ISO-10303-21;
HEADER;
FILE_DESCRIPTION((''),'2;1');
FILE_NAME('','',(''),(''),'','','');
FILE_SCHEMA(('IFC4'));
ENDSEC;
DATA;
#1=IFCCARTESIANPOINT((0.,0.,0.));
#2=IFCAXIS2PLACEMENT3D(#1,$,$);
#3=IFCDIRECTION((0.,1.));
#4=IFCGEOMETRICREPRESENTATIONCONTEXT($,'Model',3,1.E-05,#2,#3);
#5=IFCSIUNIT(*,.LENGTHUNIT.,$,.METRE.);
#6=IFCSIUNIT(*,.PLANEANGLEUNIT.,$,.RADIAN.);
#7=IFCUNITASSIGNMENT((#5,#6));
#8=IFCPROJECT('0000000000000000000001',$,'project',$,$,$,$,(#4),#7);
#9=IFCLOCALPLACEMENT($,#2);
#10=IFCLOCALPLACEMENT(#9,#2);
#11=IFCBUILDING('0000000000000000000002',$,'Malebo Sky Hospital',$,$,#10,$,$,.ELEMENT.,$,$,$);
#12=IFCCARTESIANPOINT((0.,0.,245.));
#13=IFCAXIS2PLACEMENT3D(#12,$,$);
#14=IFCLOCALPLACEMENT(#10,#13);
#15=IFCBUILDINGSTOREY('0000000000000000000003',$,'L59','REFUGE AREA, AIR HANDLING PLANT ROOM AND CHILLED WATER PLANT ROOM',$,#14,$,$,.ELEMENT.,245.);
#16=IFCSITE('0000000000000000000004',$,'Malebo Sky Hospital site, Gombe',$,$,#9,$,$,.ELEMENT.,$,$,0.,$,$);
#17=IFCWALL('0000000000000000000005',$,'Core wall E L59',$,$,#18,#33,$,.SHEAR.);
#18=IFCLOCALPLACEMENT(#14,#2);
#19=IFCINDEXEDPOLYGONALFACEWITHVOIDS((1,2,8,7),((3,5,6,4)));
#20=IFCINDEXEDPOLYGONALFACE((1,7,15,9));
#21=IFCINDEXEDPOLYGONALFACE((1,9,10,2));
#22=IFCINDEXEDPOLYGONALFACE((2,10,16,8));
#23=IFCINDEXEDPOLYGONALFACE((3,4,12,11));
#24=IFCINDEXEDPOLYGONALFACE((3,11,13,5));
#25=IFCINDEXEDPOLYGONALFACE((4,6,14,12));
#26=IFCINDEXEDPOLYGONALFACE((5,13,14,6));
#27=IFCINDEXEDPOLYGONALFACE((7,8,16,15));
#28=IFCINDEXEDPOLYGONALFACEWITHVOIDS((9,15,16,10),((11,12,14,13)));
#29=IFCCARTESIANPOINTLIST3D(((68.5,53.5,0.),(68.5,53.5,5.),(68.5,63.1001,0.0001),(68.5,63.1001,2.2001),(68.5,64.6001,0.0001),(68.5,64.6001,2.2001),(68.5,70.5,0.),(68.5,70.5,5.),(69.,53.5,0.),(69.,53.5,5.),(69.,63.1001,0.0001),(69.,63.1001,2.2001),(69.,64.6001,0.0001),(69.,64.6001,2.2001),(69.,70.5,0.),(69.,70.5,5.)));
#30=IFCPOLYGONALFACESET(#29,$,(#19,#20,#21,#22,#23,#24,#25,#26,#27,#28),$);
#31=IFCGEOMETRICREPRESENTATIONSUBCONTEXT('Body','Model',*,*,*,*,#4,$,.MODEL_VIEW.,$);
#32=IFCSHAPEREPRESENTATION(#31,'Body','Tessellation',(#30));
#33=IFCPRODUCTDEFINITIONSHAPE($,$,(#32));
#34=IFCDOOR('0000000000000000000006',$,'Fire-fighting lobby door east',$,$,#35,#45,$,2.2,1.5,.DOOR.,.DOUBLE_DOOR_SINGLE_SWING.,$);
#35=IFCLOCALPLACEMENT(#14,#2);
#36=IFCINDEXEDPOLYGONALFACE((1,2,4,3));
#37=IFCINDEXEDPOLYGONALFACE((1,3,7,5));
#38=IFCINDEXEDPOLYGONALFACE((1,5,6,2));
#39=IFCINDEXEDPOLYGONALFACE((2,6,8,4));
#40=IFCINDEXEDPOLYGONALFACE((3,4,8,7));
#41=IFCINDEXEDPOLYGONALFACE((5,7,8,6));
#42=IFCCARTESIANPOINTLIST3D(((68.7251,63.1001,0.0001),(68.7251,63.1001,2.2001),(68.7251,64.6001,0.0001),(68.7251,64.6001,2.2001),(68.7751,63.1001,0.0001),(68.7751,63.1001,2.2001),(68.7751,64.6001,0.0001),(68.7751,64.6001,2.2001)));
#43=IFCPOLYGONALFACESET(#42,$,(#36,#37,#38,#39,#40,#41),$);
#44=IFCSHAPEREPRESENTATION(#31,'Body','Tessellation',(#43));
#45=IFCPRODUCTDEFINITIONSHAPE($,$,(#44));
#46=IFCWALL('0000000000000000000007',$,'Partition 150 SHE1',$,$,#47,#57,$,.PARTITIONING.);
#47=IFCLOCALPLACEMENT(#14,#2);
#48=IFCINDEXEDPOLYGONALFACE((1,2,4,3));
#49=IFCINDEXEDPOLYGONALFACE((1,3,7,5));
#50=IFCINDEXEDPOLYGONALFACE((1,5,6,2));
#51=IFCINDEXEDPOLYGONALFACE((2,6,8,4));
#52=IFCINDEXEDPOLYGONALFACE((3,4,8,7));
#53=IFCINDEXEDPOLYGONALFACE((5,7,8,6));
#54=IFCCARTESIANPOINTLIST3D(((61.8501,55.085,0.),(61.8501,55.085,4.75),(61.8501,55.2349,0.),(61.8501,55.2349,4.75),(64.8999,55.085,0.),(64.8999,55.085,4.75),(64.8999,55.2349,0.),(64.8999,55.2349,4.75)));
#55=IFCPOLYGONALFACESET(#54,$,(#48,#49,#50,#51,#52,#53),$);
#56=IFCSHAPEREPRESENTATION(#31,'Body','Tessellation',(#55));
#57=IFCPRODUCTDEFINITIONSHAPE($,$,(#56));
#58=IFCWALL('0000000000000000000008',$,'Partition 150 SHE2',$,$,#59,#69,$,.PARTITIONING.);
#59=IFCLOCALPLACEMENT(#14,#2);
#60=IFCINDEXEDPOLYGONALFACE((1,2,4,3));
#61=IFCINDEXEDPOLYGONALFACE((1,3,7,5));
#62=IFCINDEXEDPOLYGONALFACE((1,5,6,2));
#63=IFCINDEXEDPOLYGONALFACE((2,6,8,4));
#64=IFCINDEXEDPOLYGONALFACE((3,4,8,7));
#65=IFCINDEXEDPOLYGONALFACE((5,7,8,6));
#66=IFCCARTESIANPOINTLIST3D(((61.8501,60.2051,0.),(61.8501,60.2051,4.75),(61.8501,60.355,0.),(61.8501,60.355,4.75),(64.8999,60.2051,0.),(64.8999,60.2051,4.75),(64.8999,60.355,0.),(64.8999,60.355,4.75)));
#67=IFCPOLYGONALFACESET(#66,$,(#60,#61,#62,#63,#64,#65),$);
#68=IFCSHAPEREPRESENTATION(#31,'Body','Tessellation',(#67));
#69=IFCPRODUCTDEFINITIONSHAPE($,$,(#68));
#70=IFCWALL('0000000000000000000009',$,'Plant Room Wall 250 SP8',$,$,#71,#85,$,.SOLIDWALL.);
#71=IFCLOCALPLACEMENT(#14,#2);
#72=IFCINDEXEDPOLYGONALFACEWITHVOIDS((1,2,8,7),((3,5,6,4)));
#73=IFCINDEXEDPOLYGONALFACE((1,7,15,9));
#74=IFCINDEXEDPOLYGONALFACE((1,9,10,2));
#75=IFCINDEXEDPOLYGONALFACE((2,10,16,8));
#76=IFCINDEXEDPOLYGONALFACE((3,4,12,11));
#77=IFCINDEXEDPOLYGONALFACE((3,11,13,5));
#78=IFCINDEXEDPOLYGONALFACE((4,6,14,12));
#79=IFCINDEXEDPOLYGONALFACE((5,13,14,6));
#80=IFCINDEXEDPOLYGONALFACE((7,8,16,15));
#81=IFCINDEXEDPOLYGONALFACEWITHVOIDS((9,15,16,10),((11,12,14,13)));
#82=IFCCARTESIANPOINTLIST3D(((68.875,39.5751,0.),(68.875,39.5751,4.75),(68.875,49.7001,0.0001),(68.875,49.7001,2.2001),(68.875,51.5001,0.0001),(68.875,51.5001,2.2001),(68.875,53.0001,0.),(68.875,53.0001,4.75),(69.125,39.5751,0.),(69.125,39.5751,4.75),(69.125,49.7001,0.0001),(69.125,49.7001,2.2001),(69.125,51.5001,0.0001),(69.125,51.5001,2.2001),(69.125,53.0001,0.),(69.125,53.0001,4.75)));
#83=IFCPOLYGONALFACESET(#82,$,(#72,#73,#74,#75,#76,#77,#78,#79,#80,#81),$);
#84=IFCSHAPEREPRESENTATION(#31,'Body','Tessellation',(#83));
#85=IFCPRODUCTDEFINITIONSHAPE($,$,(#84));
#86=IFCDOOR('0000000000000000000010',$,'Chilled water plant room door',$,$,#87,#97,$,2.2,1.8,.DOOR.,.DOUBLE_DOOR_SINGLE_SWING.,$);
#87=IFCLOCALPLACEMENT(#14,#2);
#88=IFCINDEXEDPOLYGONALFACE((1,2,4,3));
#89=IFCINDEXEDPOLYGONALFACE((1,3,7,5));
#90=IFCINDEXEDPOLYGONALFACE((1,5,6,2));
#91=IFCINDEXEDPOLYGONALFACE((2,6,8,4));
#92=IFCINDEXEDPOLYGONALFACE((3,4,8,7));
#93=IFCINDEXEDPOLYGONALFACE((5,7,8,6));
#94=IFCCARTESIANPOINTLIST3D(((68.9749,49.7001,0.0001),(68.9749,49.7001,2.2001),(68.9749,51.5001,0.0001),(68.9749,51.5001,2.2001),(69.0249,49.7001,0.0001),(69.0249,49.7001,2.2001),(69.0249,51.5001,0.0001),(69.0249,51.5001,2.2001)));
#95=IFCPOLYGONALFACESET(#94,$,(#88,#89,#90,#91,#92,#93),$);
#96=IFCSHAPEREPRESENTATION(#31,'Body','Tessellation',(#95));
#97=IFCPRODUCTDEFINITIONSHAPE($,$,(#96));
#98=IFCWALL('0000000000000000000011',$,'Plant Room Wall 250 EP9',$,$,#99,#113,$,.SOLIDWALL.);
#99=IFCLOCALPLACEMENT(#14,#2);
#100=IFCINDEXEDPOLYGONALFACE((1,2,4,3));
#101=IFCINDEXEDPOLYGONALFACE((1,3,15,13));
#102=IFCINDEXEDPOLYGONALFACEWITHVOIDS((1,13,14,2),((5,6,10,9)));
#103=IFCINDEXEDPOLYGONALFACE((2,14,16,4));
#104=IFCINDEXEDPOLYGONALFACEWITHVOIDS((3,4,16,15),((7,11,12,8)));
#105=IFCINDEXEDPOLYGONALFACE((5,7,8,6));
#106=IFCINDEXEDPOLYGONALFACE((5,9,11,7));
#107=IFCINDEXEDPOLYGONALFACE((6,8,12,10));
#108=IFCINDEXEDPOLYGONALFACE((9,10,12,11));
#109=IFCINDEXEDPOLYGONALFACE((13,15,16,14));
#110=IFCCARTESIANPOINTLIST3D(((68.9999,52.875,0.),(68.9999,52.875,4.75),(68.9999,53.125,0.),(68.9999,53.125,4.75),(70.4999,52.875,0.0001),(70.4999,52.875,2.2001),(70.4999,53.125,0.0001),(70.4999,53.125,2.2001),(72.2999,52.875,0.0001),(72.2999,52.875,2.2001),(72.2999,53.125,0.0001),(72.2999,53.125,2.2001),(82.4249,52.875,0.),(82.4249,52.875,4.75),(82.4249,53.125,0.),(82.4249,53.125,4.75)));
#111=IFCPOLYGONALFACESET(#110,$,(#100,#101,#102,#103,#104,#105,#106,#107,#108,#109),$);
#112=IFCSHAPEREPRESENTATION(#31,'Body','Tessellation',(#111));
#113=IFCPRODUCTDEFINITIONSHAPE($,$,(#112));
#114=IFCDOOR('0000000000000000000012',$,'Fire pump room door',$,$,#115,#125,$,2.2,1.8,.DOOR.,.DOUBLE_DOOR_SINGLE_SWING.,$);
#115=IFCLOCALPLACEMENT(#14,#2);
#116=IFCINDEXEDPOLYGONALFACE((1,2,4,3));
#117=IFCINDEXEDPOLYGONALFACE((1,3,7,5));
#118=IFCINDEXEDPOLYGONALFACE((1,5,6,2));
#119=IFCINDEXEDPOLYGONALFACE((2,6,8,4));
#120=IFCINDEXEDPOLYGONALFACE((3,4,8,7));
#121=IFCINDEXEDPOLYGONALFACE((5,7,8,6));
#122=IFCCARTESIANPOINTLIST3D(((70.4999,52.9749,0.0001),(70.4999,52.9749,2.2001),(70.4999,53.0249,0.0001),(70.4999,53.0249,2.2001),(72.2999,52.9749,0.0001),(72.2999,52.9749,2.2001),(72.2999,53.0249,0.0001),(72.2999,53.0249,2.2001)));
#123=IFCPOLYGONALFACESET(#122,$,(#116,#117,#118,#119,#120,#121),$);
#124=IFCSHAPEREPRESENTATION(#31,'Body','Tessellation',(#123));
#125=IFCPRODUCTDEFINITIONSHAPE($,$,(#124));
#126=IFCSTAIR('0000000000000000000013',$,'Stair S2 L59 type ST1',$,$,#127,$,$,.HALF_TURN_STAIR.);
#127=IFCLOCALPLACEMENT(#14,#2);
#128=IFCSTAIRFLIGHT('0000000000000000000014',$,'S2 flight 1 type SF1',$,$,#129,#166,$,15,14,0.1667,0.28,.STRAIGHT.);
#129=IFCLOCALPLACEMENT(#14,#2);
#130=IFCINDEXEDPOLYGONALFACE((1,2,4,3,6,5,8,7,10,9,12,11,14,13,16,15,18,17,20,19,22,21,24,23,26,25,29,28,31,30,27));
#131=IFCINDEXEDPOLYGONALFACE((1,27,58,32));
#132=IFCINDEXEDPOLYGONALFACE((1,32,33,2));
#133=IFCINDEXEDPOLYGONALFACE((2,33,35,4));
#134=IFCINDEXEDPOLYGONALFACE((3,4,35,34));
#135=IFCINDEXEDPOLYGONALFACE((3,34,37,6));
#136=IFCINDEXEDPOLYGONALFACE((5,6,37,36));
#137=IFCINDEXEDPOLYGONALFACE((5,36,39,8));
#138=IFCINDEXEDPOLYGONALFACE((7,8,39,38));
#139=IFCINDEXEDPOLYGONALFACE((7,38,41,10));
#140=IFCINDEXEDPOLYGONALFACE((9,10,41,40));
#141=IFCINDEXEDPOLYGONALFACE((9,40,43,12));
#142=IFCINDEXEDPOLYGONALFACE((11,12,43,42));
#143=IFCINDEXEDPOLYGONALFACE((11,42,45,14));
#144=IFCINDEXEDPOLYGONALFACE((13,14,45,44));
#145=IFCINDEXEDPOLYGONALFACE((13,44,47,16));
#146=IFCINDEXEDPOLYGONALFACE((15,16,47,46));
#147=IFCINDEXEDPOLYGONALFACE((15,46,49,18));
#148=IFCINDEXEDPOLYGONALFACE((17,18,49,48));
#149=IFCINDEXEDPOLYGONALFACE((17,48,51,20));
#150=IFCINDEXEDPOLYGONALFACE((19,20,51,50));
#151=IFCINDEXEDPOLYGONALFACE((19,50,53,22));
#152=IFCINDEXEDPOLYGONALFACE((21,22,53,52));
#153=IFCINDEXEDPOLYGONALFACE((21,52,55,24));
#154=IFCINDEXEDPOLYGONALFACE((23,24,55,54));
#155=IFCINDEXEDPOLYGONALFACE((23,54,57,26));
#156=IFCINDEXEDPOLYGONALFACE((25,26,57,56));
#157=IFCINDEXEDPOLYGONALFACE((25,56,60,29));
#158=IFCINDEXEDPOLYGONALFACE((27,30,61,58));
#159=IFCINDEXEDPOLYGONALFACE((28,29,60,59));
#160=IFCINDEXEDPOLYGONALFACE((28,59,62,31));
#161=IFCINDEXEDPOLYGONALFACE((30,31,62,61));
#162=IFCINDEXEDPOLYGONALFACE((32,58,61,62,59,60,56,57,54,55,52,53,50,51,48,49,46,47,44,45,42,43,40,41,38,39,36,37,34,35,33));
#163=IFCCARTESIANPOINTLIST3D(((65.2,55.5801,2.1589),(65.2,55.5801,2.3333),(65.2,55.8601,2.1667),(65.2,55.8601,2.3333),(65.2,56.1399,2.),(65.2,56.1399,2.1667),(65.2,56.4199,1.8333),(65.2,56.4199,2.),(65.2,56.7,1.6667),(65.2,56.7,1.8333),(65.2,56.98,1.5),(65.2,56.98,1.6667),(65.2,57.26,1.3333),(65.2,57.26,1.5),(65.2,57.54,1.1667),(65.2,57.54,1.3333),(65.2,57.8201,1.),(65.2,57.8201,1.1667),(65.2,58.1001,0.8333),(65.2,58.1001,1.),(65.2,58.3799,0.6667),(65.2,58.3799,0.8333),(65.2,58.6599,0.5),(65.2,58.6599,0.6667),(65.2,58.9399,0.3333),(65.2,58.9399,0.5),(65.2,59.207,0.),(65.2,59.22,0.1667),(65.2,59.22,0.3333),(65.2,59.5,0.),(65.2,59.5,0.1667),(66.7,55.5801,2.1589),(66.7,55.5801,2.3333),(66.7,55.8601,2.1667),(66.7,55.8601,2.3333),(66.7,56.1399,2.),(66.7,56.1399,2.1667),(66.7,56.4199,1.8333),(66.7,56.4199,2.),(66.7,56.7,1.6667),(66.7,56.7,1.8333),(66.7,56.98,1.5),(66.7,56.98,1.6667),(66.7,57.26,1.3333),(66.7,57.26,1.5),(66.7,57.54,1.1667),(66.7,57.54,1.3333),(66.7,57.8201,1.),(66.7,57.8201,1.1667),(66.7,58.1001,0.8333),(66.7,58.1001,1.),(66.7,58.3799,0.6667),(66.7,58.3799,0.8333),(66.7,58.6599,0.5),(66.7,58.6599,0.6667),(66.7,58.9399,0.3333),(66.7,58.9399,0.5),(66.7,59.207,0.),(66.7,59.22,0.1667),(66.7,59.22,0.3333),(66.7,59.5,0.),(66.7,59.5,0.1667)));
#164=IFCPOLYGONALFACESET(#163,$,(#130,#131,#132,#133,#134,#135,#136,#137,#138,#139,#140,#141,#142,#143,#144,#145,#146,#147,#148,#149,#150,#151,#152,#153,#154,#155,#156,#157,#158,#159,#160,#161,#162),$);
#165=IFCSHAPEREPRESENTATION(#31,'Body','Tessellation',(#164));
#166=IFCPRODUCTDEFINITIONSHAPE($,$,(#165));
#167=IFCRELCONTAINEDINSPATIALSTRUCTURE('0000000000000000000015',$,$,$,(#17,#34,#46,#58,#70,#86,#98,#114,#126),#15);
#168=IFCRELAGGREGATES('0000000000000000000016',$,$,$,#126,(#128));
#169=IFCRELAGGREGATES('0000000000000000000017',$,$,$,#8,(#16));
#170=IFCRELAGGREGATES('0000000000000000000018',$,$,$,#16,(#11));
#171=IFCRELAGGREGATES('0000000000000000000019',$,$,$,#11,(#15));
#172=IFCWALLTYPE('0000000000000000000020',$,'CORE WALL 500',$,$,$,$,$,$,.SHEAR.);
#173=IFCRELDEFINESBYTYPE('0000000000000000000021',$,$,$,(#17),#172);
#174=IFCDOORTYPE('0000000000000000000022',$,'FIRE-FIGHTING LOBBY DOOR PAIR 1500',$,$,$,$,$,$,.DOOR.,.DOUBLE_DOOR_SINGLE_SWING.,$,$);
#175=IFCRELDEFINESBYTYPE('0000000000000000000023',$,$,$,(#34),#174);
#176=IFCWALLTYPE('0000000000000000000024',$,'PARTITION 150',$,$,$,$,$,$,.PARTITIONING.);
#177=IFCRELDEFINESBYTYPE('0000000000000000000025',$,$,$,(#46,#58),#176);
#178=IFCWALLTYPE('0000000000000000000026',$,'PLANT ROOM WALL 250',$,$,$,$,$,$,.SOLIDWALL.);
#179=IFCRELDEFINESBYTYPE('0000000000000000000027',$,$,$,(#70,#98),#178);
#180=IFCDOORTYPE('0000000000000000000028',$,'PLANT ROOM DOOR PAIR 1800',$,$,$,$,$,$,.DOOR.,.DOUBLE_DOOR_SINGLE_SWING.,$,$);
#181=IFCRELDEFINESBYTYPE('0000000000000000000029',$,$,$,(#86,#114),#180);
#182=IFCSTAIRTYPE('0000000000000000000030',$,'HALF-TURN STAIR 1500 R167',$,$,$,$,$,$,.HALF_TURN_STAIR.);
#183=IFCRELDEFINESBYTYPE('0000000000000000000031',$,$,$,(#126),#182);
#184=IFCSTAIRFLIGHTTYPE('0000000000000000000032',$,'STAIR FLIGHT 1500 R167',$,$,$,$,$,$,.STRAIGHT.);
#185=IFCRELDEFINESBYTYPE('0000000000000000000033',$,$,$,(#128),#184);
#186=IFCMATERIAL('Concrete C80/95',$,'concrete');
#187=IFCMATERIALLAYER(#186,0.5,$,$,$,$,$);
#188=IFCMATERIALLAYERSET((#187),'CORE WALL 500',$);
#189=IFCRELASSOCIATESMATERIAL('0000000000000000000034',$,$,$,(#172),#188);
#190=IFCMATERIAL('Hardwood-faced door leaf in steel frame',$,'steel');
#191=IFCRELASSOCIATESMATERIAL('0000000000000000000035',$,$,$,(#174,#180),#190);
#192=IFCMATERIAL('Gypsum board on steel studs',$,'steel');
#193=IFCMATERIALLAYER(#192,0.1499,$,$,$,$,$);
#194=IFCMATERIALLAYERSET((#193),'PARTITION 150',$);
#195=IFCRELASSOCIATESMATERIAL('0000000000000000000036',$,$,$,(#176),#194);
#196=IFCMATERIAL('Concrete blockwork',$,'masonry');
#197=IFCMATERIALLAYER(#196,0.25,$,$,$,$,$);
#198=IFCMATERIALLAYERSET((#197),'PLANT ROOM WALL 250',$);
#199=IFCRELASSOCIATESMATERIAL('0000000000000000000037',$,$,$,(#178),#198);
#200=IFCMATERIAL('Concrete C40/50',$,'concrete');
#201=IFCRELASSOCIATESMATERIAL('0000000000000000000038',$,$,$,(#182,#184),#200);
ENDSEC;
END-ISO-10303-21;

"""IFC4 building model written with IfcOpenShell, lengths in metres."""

from ifc_helpers import new_model, si_unit, direction, frame, frame_2d, origin, place, context, subcontext, project, spatial, polyline, rectangle, outline, extrude, material, layer, layer_set, type_object, element, fill, aggregate, save


model = new_model("IFC4")

# Units and contexts
model_context = context("Model", 3, precision=1e-05, world=origin(), true_north=direction((0.0, 1.0)))
body_context = subcontext(model_context, "Body", "Model", "MODEL_VIEW")
ifc_project = project(units=[si_unit("LENGTHUNIT", "METRE"), si_unit("PLANEANGLEUNIT", "RADIAN")], contexts=[model_context])

# Site, building, storey
site_placement = place(None, origin())
site = spatial("IfcSite", under=ifc_project, at=site_placement, Name="Malebo Sky Hospital site, Gombe", CompositionType="ELEMENT", RefElevation=0.0)
building_placement = place(site_placement, origin())
building = spatial("IfcBuilding", under=site, at=building_placement, Name="Malebo Sky Hospital", CompositionType="ELEMENT")
storey_placement = place(building_placement, frame((0.0, 0.0, 245.0)))
storey = spatial("IfcBuildingStorey", under=building, at=storey_placement, Name="L59", Description="REFUGE AREA, AIR HANDLING PLANT ROOM AND CHILLED WATER PLANT ROOM", CompositionType="ELEMENT", Elevation=245.0)

# Shared definitions
ifc_material_1 = material(Name="Concrete C80/95", Category="concrete")
ifc_material_2 = material(Name="Hardwood-faced door leaf in steel frame", Category="steel")

# Wall, opening, door
ifc_layer_1 = layer(ifc_material_1, 0.5)
ifc_layer_set_1 = layer_set([ifc_layer_1], Name="CORE WALL 500")
wall_type_1 = type_object("IfcWallType", Name="CORE WALL 500", PredefinedType="SHEAR", material=ifc_layer_set_1)
wall_1_placement = place(storey_placement, frame((68.75, 53.5, 0.0), z_axis=(0.0, 0.0, 1.0), x_axis=(0.0, 1.0, 0.0)))
wall_1 = element("IfcWall", 1, at=wall_1_placement, inside=storey, type_object=wall_type_1, Name="Core wall E L59", PredefinedType="SHEAR", context=body_context, shape_type="SweptSolid", body=[
    extrude(rectangle(XDim=17.0, YDim=0.5, at=frame_2d((8.5, 0.0))), origin(), (0.0, 0.0, 1.0), 5.0),
])
opening_1_placement = place(wall_1_placement, frame((9.6001, 0.0, 0.0)))
opening_1 = element("IfcOpeningElement", 2, at=opening_1_placement, cuts=wall_1, PredefinedType="OPENING", context=body_context, shape_type="SweptSolid", body=[
    extrude(rectangle(XDim=1.5, YDim=2.2, at=frame_2d((0.75, 1.1001))), frame((0.0, 0.26, 0.0), z_axis=(0.0, -1.0, 0.0), x_axis=(1.0, 0.0, 0.0)), (0.0, 0.0, 1.0), 0.52),
])
door_type_1 = type_object("IfcDoorType", Name="FIRE-FIGHTING LOBBY DOOR PAIR 1500", OperationType="DOUBLE_DOOR_SINGLE_SWING", PredefinedType="DOOR", material=ifc_material_2)
door_1_placement = place(opening_1_placement, origin())
door_1 = element("IfcDoor", 3, at=door_1_placement, inside=storey, type_object=door_type_1, Name="Fire-fighting lobby door east", OperationType="DOUBLE_DOOR_SINGLE_SWING", OverallHeight=2.2, OverallWidth=1.5, PredefinedType="DOOR", context=body_context, shape_type="SweptSolid", body=[
    extrude(rectangle(XDim=1.5, YDim=2.2, at=frame_2d((0.75, 1.1001))), frame((0.0, 0.0249, 0.0), z_axis=(0.0, -1.0, 0.0), x_axis=(1.0, 0.0, 0.0)), (0.0, 0.0, 1.0), 0.05),
])
fill(opening_1, door_1)

# Walls
ifc_material_3 = material(Name="Gypsum board on steel studs", Category="steel")
ifc_layer_2 = layer(ifc_material_3, 0.1499)
ifc_layer_set_2 = layer_set([ifc_layer_2], Name="PARTITION 150")
wall_type_2 = type_object("IfcWallType", Name="PARTITION 150", PredefinedType="PARTITIONING", material=ifc_layer_set_2)
for number, where, z_axis, x_axis, name in (
    (4, (61.8501, 55.1599, 0.0), (0.0, 0.0, 1.0), (1.0, 0.0, 0.0), "Partition 150 SHE1"),
    (5, (61.8501, 60.28, 0.0), (0.0, 0.0, 1.0), (1.0, 0.0, 0.0), "Partition 150 SHE2"),
):
    element("IfcWall", number, at=place(storey_placement, frame(where, z_axis=z_axis, x_axis=x_axis)), inside=storey, type_object=wall_type_2, Name=name, PredefinedType="PARTITIONING", context=body_context, shape_type="SweptSolid", body=[
        extrude(rectangle(XDim=3.0498, YDim=0.1499, at=frame_2d((1.5249, 0.0))), origin(), (0.0, 0.0, 1.0), 4.75),
    ])

# Walls, openings, doors
ifc_material_4 = material(Name="Concrete blockwork", Category="masonry")
ifc_layer_3 = layer(ifc_material_4, 0.25)
ifc_layer_set_3 = layer_set([ifc_layer_3], Name="PLANT ROOM WALL 250")
wall_type_3 = type_object("IfcWallType", Name="PLANT ROOM WALL 250", PredefinedType="SOLIDWALL", material=ifc_layer_set_3)
wall_2_placement = place(storey_placement, frame((69.0, 53.0, 0.0), z_axis=(0.0, 0.0, 1.0), x_axis=(0.0, -1.0, 0.0)))
wall_2 = element("IfcWall", 6, at=wall_2_placement, inside=storey, type_object=wall_type_3, Name="Plant Room Wall 250 SP8", PredefinedType="SOLIDWALL", context=body_context, shape_type="SweptSolid", body=[
    extrude(rectangle(XDim=13.425, YDim=0.25, at=frame_2d((6.7124, 0.0))), origin(), (0.0, 0.0, 1.0), 4.75),
])
opening_2_placement = place(wall_2_placement, frame((1.5, 0.0, 0.0)))
opening_2 = element("IfcOpeningElement", 7, at=opening_2_placement, cuts=wall_2, PredefinedType="OPENING", context=body_context, shape_type="SweptSolid", body=[
    extrude(rectangle(XDim=1.8, YDim=2.2, at=frame_2d((0.8999, 1.1001))), frame((0.0, 0.135, 0.0), z_axis=(0.0, -1.0, 0.0), x_axis=(1.0, 0.0, 0.0)), (0.0, 0.0, 1.0), 0.27),
])
door_type_2 = type_object("IfcDoorType", Name="PLANT ROOM DOOR PAIR 1800", OperationType="DOUBLE_DOOR_SINGLE_SWING", PredefinedType="DOOR", material=ifc_material_2)
door_2_placement = place(opening_2_placement, origin())
door_2 = element("IfcDoor", 8, at=door_2_placement, inside=storey, type_object=door_type_2, Name="Chilled water plant room door", OperationType="DOUBLE_DOOR_SINGLE_SWING", OverallHeight=2.2, OverallWidth=1.8, PredefinedType="DOOR", context=body_context, shape_type="SweptSolid", body=[
    extrude(rectangle(XDim=1.8, YDim=2.2, at=frame_2d((0.8999, 1.1001))), frame((0.0, 0.0249, 0.0), z_axis=(0.0, -1.0, 0.0), x_axis=(1.0, 0.0, 0.0)), (0.0, 0.0, 1.0), 0.05),
])
fill(opening_2, door_2)
wall_3_placement = place(storey_placement, frame((69.0, 53.0, 0.0), z_axis=(0.0, 0.0, 1.0), x_axis=(1.0, 0.0, 0.0)))
wall_3 = element("IfcWall", 9, at=wall_3_placement, inside=storey, type_object=wall_type_3, Name="Plant Room Wall 250 EP9", PredefinedType="SOLIDWALL", context=body_context, shape_type="SweptSolid", body=[
    extrude(rectangle(XDim=13.425, YDim=0.25, at=frame_2d((6.7124, 0.0))), origin(), (0.0, 0.0, 1.0), 4.75),
])
opening_3_placement = place(wall_3_placement, frame((1.5, 0.0, 0.0)))
opening_3 = element("IfcOpeningElement", 10, at=opening_3_placement, cuts=wall_3, PredefinedType="OPENING", context=body_context, shape_type="SweptSolid", body=[
    extrude(rectangle(XDim=1.8, YDim=2.2, at=frame_2d((0.8999, 1.1001))), frame((0.0, 0.135, 0.0), z_axis=(0.0, -1.0, 0.0), x_axis=(1.0, 0.0, 0.0)), (0.0, 0.0, 1.0), 0.27),
])
door_3_placement = place(opening_3_placement, origin())
door_3 = element("IfcDoor", 11, at=door_3_placement, inside=storey, type_object=door_type_2, Name="Fire pump room door", OperationType="DOUBLE_DOOR_SINGLE_SWING", OverallHeight=2.2, OverallWidth=1.8, PredefinedType="DOOR", context=body_context, shape_type="SweptSolid", body=[
    extrude(rectangle(XDim=1.8, YDim=2.2, at=frame_2d((0.8999, 1.1001))), frame((0.0, 0.0249, 0.0), z_axis=(0.0, -1.0, 0.0), x_axis=(1.0, 0.0, 0.0)), (0.0, 0.0, 1.0), 0.05),
])
fill(opening_3, door_3)

# Stair, stair flight
ifc_material_5 = material(Name="Concrete C40/50", Category="concrete")
stair_type = type_object("IfcStairType", Name="HALF-TURN STAIR 1500 R167", PredefinedType="HALF_TURN_STAIR", material=ifc_material_5)
stair_placement = place(storey_placement, origin())
stair = element("IfcStair", 12, at=stair_placement, inside=storey, type_object=stair_type, Name="Stair S2 L59 type ST1", PredefinedType="HALF_TURN_STAIR")
stair_flight_type = type_object("IfcStairFlightType", Name="STAIR FLIGHT 1500 R167", PredefinedType="STRAIGHT", material=ifc_material_5)
stair_flight_placement = place(storey_placement, frame((65.95, 59.5, 0.0), z_axis=(0.0, 0.0, 1.0), x_axis=(0.0, -1.0, 0.0)))
stair_flight = element("IfcStairFlight", 13, at=stair_flight_placement, type_object=stair_flight_type, Name="S2 flight 1 type SF1", NumberOfRisers=15, NumberOfTreads=14, PredefinedType="STRAIGHT", RiserHeight=0.1667, TreadLength=0.28, context=body_context, shape_type="SweptSolid", body=[
    extrude(outline(polyline([(0.0, 0.0), (0.0, 0.1667), (0.28, 0.1667), (0.28, 0.3333), (0.5601, 0.3333), (0.5601, 0.5), (0.8401, 0.5), (0.8401, 0.6667), (1.1201, 0.6667), (1.1201, 0.8333), (1.3999, 0.8333), (1.3999, 1.0), (1.6799, 1.0), (1.6799, 1.1667), (1.96, 1.1667), (1.96, 1.3333), (2.24, 1.3333), (2.24, 1.5), (2.52, 1.5), (2.52, 1.6667), (2.8, 1.6667), (2.8, 1.8333), (3.0801, 1.8333), (3.0801, 2.0), (3.3601, 2.0), (3.3601, 2.1667), (3.6399, 2.1667), (3.6399, 2.3333), (3.9199, 2.3333), (3.9199, 2.5), (3.9199, 2.1589), (0.293, 0.0), (0.0, 0.0)])), frame((0.0, 0.75, 0.0), z_axis=(0.0, -1.0, 0.0), x_axis=(1.0, 0.0, 0.0)), (0.0, 0.0, 1.0), 1.5),
])
aggregate(stair, [stair_flight])

save(model, "model.ifc")
